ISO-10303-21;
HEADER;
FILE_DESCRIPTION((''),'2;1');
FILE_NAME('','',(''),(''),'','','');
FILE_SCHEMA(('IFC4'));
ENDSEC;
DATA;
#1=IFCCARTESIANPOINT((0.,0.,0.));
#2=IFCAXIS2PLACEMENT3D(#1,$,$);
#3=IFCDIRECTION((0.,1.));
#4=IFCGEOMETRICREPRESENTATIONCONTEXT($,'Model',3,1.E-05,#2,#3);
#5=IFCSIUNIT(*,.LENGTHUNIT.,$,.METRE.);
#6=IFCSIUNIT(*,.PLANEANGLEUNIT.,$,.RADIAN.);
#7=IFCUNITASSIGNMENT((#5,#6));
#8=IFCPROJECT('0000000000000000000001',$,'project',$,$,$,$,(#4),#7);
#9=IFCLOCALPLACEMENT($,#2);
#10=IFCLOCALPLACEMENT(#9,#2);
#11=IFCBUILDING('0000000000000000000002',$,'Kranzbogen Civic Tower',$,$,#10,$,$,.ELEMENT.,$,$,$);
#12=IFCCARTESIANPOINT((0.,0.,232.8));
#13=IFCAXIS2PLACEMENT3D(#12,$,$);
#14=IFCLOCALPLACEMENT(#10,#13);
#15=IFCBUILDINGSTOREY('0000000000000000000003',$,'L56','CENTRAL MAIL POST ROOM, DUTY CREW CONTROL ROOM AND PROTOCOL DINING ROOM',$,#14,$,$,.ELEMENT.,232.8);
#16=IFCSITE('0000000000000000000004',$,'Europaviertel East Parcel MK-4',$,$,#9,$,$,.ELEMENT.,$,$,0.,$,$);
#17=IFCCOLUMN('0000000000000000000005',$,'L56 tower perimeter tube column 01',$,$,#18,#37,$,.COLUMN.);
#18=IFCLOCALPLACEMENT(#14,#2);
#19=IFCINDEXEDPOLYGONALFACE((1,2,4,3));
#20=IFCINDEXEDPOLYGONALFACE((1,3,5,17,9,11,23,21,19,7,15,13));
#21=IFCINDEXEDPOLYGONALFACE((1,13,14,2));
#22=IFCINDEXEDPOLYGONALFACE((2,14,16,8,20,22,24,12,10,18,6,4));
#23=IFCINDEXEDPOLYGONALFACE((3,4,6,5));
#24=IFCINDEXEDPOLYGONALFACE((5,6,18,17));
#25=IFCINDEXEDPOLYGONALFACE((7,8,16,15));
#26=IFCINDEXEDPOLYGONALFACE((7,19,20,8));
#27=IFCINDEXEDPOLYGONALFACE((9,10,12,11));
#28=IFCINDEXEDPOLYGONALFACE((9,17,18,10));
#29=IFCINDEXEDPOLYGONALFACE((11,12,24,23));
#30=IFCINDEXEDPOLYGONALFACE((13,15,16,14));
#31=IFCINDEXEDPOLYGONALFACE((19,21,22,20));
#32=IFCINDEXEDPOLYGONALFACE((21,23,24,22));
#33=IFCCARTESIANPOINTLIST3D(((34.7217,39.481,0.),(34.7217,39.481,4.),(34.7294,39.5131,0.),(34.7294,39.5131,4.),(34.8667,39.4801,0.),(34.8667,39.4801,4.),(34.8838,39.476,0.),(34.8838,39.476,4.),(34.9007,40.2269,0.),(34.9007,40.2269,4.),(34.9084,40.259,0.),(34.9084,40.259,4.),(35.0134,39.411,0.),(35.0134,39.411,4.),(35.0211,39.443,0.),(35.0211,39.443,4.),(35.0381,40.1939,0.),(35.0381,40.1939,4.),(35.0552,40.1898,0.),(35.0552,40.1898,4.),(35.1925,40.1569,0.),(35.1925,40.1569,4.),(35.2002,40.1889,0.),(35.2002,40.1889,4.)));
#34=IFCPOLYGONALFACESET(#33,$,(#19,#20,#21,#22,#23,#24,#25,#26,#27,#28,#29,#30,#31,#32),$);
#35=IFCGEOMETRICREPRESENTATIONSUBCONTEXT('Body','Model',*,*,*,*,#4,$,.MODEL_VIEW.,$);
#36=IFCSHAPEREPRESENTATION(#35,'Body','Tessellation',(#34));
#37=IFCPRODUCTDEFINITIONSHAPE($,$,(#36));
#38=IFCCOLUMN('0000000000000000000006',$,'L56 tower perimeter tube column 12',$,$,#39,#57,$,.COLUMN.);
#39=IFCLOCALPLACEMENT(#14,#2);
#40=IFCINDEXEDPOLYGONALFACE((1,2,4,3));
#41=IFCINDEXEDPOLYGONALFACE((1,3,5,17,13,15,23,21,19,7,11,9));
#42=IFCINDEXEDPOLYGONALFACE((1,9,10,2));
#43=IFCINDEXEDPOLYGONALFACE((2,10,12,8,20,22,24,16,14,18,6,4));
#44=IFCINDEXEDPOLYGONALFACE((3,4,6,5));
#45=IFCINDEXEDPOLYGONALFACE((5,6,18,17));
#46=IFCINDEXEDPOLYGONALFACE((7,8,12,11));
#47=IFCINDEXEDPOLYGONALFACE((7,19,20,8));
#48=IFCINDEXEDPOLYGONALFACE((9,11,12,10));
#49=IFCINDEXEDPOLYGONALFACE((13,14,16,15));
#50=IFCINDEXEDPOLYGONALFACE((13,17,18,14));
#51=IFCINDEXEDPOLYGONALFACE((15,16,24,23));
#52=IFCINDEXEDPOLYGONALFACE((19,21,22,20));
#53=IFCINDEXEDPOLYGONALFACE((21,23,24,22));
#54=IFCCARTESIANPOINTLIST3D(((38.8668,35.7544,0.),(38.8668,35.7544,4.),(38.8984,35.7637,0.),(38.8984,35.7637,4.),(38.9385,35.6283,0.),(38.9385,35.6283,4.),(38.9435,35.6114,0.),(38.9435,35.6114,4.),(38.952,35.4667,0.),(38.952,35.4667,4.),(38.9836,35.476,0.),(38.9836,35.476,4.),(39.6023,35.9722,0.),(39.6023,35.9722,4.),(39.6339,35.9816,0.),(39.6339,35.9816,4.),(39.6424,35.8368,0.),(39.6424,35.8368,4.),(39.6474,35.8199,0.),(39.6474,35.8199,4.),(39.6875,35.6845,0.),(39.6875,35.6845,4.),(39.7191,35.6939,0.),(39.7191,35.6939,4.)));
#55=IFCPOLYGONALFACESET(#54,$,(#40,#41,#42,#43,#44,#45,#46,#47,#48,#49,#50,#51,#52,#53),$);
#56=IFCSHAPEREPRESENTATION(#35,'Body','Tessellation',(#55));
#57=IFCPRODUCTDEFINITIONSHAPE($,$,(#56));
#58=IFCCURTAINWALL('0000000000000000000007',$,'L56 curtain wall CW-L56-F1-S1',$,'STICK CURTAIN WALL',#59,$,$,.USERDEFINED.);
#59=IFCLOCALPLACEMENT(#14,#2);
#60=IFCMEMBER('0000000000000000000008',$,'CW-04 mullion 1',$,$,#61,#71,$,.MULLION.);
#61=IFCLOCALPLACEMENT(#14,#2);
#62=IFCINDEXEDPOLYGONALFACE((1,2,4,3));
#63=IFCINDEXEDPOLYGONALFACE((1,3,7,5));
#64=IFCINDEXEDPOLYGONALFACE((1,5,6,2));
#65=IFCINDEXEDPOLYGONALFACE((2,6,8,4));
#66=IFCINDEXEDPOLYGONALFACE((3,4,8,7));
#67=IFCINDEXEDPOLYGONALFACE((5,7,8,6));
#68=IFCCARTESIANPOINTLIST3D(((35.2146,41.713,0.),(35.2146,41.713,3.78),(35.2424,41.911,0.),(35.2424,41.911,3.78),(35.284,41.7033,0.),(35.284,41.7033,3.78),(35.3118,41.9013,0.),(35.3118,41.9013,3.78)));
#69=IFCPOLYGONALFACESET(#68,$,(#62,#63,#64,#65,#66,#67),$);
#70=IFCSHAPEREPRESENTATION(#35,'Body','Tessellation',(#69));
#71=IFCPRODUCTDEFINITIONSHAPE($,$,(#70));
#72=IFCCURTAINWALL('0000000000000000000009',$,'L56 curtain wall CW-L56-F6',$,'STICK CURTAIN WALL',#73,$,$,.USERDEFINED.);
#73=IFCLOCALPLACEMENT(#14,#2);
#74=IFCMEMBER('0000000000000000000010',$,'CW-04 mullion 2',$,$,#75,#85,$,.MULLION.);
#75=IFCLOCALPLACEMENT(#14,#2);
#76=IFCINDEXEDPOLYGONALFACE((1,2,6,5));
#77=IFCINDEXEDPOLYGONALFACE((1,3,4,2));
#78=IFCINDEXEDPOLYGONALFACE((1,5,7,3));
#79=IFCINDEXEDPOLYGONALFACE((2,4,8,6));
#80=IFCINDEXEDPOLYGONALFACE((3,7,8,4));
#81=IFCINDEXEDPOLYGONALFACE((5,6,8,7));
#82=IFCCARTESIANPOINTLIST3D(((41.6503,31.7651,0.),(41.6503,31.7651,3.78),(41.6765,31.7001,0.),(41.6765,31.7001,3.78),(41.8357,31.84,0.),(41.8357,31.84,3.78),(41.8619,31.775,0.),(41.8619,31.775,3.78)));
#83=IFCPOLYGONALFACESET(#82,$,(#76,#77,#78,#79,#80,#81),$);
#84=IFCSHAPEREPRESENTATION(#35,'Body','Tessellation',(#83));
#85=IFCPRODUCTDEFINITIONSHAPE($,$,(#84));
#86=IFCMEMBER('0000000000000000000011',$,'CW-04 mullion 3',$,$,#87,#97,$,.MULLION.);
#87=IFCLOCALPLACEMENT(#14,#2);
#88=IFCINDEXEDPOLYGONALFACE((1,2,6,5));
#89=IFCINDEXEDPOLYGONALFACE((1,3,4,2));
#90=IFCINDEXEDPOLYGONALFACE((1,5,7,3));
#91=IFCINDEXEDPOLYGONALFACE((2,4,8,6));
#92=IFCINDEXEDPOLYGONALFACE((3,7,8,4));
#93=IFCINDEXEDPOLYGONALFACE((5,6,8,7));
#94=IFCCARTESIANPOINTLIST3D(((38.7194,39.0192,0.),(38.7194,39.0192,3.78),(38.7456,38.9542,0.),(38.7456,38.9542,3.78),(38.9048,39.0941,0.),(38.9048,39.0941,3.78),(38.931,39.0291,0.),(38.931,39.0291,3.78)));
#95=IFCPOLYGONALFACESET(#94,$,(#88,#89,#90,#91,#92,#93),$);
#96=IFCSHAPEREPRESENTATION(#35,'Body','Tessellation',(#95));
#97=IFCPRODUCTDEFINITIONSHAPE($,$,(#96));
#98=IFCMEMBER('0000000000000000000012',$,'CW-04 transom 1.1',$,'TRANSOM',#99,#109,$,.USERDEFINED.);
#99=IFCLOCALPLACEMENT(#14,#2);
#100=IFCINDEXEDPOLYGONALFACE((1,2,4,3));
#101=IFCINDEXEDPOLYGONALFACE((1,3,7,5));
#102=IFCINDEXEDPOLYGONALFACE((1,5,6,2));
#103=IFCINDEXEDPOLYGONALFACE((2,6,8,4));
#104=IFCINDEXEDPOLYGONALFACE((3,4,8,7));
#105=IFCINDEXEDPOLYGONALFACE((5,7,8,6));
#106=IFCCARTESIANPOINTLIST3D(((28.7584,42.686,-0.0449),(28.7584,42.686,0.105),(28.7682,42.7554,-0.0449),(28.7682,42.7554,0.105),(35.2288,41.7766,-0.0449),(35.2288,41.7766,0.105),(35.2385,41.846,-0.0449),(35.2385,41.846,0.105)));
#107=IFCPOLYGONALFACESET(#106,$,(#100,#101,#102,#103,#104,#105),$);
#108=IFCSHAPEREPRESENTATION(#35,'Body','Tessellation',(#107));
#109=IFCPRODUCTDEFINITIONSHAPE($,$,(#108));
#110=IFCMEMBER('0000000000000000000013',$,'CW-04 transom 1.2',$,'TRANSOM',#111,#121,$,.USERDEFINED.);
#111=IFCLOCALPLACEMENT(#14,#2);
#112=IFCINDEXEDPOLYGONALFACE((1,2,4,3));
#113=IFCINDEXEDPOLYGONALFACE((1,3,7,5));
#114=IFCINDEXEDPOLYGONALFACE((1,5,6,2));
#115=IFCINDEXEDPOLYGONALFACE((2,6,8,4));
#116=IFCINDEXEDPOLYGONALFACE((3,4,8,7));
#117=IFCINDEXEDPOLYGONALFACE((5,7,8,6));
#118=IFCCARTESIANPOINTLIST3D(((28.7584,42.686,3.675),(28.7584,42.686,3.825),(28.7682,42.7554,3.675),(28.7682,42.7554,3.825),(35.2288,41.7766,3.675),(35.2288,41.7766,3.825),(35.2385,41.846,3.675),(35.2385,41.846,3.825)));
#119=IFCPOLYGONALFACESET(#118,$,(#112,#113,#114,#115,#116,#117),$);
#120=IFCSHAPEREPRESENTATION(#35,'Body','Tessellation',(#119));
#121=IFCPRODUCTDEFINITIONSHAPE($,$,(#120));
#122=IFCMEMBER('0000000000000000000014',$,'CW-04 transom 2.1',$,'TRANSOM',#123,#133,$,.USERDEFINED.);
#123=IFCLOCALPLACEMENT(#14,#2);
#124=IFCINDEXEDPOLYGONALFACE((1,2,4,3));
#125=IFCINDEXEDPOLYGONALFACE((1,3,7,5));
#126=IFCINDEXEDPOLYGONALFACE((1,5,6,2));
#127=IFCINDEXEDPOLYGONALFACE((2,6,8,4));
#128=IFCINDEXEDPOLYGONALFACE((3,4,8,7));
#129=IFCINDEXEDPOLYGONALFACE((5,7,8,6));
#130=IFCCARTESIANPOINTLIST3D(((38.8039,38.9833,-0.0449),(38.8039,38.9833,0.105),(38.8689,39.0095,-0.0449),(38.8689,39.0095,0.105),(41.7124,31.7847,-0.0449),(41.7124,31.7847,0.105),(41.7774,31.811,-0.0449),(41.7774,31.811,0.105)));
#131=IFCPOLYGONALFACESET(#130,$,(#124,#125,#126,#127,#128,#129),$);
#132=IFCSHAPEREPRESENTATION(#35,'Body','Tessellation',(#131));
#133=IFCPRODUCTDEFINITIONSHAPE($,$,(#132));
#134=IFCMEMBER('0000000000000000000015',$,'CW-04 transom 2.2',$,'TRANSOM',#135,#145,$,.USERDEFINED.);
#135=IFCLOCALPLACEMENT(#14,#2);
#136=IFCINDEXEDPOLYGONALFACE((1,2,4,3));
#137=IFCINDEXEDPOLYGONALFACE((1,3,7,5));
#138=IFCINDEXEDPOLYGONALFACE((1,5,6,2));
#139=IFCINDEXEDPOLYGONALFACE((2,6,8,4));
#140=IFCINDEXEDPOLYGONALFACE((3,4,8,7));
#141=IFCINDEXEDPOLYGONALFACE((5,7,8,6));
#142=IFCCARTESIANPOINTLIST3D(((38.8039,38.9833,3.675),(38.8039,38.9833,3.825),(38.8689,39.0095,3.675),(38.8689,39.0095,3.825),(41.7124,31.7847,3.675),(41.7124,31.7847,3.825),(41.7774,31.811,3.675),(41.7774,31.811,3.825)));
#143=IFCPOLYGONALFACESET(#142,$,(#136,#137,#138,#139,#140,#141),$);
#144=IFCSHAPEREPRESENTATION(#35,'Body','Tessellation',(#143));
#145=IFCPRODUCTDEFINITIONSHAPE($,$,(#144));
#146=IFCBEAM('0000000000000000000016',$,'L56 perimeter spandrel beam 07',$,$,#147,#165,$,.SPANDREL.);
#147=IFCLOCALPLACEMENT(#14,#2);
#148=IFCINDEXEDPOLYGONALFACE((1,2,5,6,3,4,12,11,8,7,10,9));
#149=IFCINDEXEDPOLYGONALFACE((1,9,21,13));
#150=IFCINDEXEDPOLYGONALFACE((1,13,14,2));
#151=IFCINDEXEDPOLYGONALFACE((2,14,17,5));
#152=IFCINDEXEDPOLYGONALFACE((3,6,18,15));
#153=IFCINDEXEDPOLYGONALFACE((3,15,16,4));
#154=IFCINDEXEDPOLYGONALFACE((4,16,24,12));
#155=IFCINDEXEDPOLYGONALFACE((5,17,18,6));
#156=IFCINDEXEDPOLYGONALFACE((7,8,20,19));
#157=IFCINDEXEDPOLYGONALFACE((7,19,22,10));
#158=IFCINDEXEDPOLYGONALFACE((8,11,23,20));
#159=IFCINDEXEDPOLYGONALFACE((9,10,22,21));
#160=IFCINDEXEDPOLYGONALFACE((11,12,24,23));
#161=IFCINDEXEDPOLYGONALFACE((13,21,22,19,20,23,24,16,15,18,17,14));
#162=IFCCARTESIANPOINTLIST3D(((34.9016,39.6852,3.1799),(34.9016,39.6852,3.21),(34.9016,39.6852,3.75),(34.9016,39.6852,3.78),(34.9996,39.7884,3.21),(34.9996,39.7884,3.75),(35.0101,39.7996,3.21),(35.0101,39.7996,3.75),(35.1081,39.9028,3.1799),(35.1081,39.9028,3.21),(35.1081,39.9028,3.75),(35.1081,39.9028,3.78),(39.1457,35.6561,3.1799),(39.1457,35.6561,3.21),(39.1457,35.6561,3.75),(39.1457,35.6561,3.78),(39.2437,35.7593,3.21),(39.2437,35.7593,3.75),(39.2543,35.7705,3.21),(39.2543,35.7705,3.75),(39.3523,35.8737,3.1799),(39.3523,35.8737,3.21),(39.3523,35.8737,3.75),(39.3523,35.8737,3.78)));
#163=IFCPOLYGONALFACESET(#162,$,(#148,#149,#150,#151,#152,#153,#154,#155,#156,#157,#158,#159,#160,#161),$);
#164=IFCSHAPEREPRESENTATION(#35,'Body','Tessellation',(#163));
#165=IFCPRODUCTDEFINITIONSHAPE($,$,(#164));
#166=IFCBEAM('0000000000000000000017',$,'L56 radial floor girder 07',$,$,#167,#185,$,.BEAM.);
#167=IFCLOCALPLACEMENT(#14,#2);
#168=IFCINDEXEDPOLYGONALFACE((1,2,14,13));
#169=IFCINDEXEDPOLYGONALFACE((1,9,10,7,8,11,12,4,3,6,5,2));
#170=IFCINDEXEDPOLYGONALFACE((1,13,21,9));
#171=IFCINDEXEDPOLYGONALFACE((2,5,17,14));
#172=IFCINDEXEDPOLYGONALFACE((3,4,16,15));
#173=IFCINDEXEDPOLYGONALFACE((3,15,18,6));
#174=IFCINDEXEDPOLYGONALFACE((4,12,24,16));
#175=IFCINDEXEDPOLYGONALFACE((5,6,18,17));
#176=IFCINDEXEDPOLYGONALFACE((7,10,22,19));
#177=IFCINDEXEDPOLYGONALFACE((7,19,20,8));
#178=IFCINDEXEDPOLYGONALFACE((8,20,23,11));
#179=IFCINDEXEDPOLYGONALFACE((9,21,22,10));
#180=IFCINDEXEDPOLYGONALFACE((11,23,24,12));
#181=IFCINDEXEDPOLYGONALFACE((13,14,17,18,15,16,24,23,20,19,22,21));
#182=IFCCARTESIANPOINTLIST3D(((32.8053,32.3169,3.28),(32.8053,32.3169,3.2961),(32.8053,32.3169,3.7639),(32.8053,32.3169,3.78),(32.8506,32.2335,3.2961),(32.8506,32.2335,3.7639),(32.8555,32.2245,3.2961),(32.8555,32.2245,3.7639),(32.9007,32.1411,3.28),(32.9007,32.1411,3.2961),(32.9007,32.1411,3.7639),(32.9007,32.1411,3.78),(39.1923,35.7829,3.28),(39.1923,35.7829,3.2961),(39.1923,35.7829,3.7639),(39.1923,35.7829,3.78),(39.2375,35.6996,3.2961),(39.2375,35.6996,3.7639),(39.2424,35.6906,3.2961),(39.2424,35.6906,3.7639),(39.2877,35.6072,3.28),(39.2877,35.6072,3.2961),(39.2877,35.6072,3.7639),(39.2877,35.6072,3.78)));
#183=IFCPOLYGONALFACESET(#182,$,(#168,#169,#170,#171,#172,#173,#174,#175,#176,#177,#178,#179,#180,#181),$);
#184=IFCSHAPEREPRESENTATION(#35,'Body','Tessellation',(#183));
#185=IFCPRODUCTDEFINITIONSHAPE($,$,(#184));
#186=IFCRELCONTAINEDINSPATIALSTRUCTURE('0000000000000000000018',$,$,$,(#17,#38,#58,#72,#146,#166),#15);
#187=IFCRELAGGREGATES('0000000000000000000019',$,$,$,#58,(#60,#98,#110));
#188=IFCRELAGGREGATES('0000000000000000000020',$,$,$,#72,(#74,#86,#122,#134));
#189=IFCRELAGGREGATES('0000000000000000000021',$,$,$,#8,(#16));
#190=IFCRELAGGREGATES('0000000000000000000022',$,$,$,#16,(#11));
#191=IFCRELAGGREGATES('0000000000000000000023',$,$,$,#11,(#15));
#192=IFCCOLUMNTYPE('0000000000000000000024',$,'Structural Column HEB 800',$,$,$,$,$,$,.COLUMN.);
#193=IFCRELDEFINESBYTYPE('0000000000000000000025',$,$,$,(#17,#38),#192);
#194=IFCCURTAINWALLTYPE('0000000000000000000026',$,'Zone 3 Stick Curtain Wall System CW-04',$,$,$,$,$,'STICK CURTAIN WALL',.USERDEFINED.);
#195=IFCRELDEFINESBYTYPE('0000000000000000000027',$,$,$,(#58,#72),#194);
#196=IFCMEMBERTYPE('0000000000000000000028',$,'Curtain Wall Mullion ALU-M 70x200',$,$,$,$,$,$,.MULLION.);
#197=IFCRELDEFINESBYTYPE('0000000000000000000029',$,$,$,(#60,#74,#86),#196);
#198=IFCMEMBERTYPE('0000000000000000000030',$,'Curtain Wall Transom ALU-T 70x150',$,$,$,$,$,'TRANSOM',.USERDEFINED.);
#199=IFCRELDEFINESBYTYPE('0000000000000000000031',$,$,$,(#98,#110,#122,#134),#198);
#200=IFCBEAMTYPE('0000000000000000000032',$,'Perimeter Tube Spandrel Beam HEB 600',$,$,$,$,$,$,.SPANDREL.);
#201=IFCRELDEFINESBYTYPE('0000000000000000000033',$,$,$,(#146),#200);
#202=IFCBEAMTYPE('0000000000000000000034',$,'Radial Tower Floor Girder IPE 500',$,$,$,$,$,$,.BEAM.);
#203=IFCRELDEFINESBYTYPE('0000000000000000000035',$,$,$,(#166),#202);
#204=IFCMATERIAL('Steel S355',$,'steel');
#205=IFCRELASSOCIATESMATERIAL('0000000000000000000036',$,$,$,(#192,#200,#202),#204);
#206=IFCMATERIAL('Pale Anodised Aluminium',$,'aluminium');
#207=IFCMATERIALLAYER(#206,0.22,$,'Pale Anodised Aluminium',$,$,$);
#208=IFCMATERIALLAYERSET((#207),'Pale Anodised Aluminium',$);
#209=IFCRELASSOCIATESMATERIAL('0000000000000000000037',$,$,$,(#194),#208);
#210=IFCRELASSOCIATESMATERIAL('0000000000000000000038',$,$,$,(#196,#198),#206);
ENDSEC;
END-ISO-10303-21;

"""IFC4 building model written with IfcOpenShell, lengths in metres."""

from ifc_helpers import new_model, si_unit, direction, frame, origin, origin_2d, place, context, subcontext, project, spatial, rectangle, i_section, extrude, material, layer, layer_set, material_profile, profile_set, type_object, element, aggregate, save


model = new_model("IFC4")

# Units and contexts
model_context = context("Model", 3, precision=1e-05, world=origin(), true_north=direction((0.0, 1.0)))
body_context = subcontext(model_context, "Body", "Model", "MODEL_VIEW")
ifc_project = project(units=[si_unit("LENGTHUNIT", "METRE"), si_unit("PLANEANGLEUNIT", "RADIAN")], contexts=[model_context])

# Site, building, storey
site_placement = place(None, origin())
site = spatial("IfcSite", under=ifc_project, at=site_placement, Name="Europaviertel East Parcel MK-4", CompositionType="ELEMENT", RefElevation=0.0)
building_placement = place(site_placement, origin())
building = spatial("IfcBuilding", under=site, at=building_placement, Name="Kranzbogen Civic Tower", CompositionType="ELEMENT")
storey_placement = place(building_placement, frame((0.0, 0.0, 232.8)))
storey = spatial("IfcBuildingStorey", under=building, at=storey_placement, Name="L56", Description="CENTRAL MAIL POST ROOM, DUTY CREW CONTROL ROOM AND PROTOCOL DINING ROOM", CompositionType="ELEMENT", Elevation=232.8)

# Columns
ifc_material_1 = material(Name="Steel S355", Category="steel")
ifc_material_profile_1 = material_profile(ifc_material_1, i_section(OverallWidth=0.3, OverallDepth=0.8, WebThickness=0.0176, FlangeThickness=0.033, at=origin_2d()), Name="HEB 800")
ifc_profile_set_1 = profile_set([ifc_material_profile_1], Name="Steel S355")
column_type = type_object("IfcColumnType", Name="Structural Column HEB 800", PredefinedType="COLUMN", material=ifc_profile_set_1)
for number, where, z_axis, x_axis, name in (
    (1, (34.9609, 39.835, 0.0), (0.0, 0.0, 1.0), (-0.97237, 0.233445, 0.0), "L56 tower perimeter tube column 01"),
    (2, (39.293, 35.7241, 0.0), (0.0, 0.0, 1.0), (-0.284015, 0.95882, 0.0), "L56 tower perimeter tube column 12"),
):
    element("IfcColumn", number, at=place(storey_placement, frame(where, z_axis=z_axis, x_axis=x_axis)), inside=storey, type_object=column_type, Name=name, PredefinedType="COLUMN", context=body_context, shape_type="SweptSolid", body=[
        extrude(i_section(OverallWidth=0.3, OverallDepth=0.8, WebThickness=0.0176, FlangeThickness=0.033, at=origin_2d()), origin(), (0.0, 0.0, 1.0), 4.0),
    ])

# Curtain wall, member
ifc_material_2 = material(Name="Pale Anodised Aluminium", Category="aluminium")
ifc_layer_1 = layer(ifc_material_2, 0.22, Name="Pale Anodised Aluminium")
ifc_layer_set_1 = layer_set([ifc_layer_1], Name="Pale Anodised Aluminium")
curtain_wall_type = type_object("IfcCurtainWallType", Name="Zone 3 Stick Curtain Wall System CW-04", ElementType="STICK CURTAIN WALL", PredefinedType="USERDEFINED", material=ifc_layer_set_1)
curtain_wall_1_placement = place(storey_placement, origin())
curtain_wall_1 = element("IfcCurtainWall", 3, at=curtain_wall_1_placement, inside=storey, type_object=curtain_wall_type, Name="L56 curtain wall CW-L56-F1-S1", ObjectType="STICK CURTAIN WALL", PredefinedType="USERDEFINED")
ifc_material_profile_2 = material_profile(ifc_material_2, rectangle(XDim=0.0701, YDim=0.2, at=origin_2d()), Name="ALU-M 70x200")
ifc_profile_set_2 = profile_set([ifc_material_profile_2], Name="Pale Anodised Aluminium")
member_type_1 = type_object("IfcMemberType", Name="Curtain Wall Mullion ALU-M 70x200", PredefinedType="MULLION", material=ifc_profile_set_2)
member_1_placement = place(storey_placement, frame((35.2632, 41.8071, 0.0), z_axis=(0.0, 0.0, 1.0), x_axis=(-0.990269, 0.13917, 0.0)))
member_1 = element("IfcMember", 4, at=member_1_placement, type_object=member_type_1, Name="CW-04 mullion 1", PredefinedType="MULLION", context=body_context, shape_type="SweptSolid", body=[
    extrude(rectangle(XDim=0.0701, YDim=0.2, at=origin_2d()), origin(), (0.0, 0.0, 1.0), 3.78),
])

# Curtain wall, members
curtain_wall_2_placement = place(storey_placement, origin())
curtain_wall_2 = element("IfcCurtainWall", 5, at=curtain_wall_2_placement, inside=storey, type_object=curtain_wall_type, Name="L56 curtain wall CW-L56-F6", ObjectType="STICK CURTAIN WALL", PredefinedType="USERDEFINED")
member_2_placement = place(storey_placement, frame((41.7561, 31.77, 0.0), z_axis=(0.0, 0.0, 1.0), x_axis=(-0.374594, 0.927189, 0.0)))
member_2 = element("IfcMember", 6, at=member_2_placement, type_object=member_type_1, Name="CW-04 mullion 2", PredefinedType="MULLION", context=body_context, shape_type="SweptSolid", body=[
    extrude(rectangle(XDim=0.0701, YDim=0.2, at=origin_2d()), origin(), (0.0, 0.0, 1.0), 3.78),
])
member_3_placement = place(storey_placement, frame((38.8252, 39.0242, 0.0), z_axis=(0.0, 0.0, 1.0), x_axis=(-0.374594, 0.927189, 0.0)))
member_3 = element("IfcMember", 7, at=member_3_placement, type_object=member_type_1, Name="CW-04 mullion 3", PredefinedType="MULLION", context=body_context, shape_type="SweptSolid", body=[
    extrude(rectangle(XDim=0.0701, YDim=0.2, at=origin_2d()), origin(), (0.0, 0.0, 1.0), 3.78),
])

# Members
ifc_material_profile_3 = material_profile(ifc_material_2, rectangle(XDim=0.0701, YDim=0.1499, at=origin_2d()), Name="ALU-T 70x150")
ifc_profile_set_3 = profile_set([ifc_material_profile_3], Name="Pale Anodised Aluminium")
member_type_2 = type_object("IfcMemberType", Name="Curtain Wall Transom ALU-T 70x150", ElementType="TRANSOM", PredefinedType="USERDEFINED", material=ifc_profile_set_3)
member_4_placement = place(storey_placement, frame((35.2336, 41.8113, 0.03), z_axis=(-0.990266, 0.139187, 0.0), x_axis=(-0.139187, -0.990266, 0.0)))
member_4 = element("IfcMember", 8, at=member_4_placement, type_object=member_type_2, Name="CW-04 transom 1.1", ObjectType="TRANSOM", PredefinedType="USERDEFINED", context=body_context, shape_type="SweptSolid", body=[
    extrude(rectangle(XDim=0.0701, YDim=0.1499, at=origin_2d()), origin(), (0.0, 0.0, 1.0), 6.5339),
])
member_5_placement = place(storey_placement, frame((35.2336, 41.8113, 3.75), z_axis=(-0.990266, 0.139187, 0.0), x_axis=(-0.139187, -0.990266, 0.0)))
member_5 = element("IfcMember", 9, at=member_5_placement, type_object=member_type_2, Name="CW-04 transom 1.2", ObjectType="TRANSOM", PredefinedType="USERDEFINED", context=body_context, shape_type="SweptSolid", body=[
    extrude(rectangle(XDim=0.0701, YDim=0.1499, at=origin_2d()), origin(), (0.0, 0.0, 1.0), 6.5339),
])
aggregate(curtain_wall_1, [member_1, member_4, member_5])
member_6_placement = place(storey_placement, frame((41.7449, 31.7979, 0.03), z_axis=(-0.374614, 0.927181, 0.0), x_axis=(-0.927181, -0.374614, 0.0)))
member_6 = element("IfcMember", 10, at=member_6_placement, type_object=member_type_2, Name="CW-04 transom 2.1", ObjectType="TRANSOM", PredefinedType="USERDEFINED", context=body_context, shape_type="SweptSolid", body=[
    extrude(rectangle(XDim=0.0701, YDim=0.1499, at=origin_2d()), origin(), (0.0, 0.0, 1.0), 7.7639),
])
member_7_placement = place(storey_placement, frame((41.7449, 31.7979, 3.75), z_axis=(-0.374614, 0.927181, 0.0), x_axis=(-0.927181, -0.374614, 0.0)))
member_7 = element("IfcMember", 11, at=member_7_placement, type_object=member_type_2, Name="CW-04 transom 2.2", ObjectType="TRANSOM", PredefinedType="USERDEFINED", context=body_context, shape_type="SweptSolid", body=[
    extrude(rectangle(XDim=0.0701, YDim=0.1499, at=origin_2d()), origin(), (0.0, 0.0, 1.0), 7.7639),
])

# Beams
ifc_material_profile_4 = material_profile(ifc_material_1, i_section(OverallWidth=0.3, OverallDepth=0.6001, WebThickness=0.0154, FlangeThickness=0.03, at=origin_2d()), Name="HEB 600")
ifc_profile_set_4 = profile_set([ifc_material_profile_4], Name="Steel S355")
beam_type_1 = type_object("IfcBeamType", Name="Perimeter Tube Spandrel Beam HEB 600", PredefinedType="SPANDREL", material=ifc_profile_set_4)
beam_1_placement = place(storey_placement, frame((39.249, 35.7649, 3.48), z_axis=(-0.725245, 0.688491, 0.0), x_axis=(-0.688491, -0.725245, 0.0)))
element("IfcBeam", 12, at=beam_1_placement, inside=storey, type_object=beam_type_1, Name="L56 perimeter spandrel beam 07", PredefinedType="SPANDREL", context=body_context, shape_type="SweptSolid", body=[
    extrude(i_section(OverallWidth=0.3, OverallDepth=0.6001, WebThickness=0.0154, FlangeThickness=0.03, at=origin_2d()), origin(), (0.0, 0.0, 1.0), 5.8521),
])
ifc_material_profile_5 = material_profile(ifc_material_1, i_section(OverallWidth=0.2, OverallDepth=0.5, WebThickness=0.0103, FlangeThickness=0.0161, at=origin_2d()), Name="IPE 500")
ifc_profile_set_5 = profile_set([ifc_material_profile_5], Name="Steel S355")
beam_type_2 = type_object("IfcBeamType", Name="Radial Tower Floor Girder IPE 500", PredefinedType="BEAM", material=ifc_profile_set_5)
beam_2_placement = place(storey_placement, frame((39.24, 35.6951, 3.53), z_axis=(-0.878919, -0.47697, 0.0), x_axis=(0.47697, -0.878919, 0.0)))
element("IfcBeam", 13, at=beam_2_placement, inside=storey, type_object=beam_type_2, Name="L56 radial floor girder 07", PredefinedType="BEAM", context=body_context, shape_type="SweptSolid", body=[
    extrude(i_section(OverallWidth=0.2, OverallDepth=0.5, WebThickness=0.0103, FlangeThickness=0.0161, at=origin_2d()), origin(), (0.0, 0.0, 1.0), 7.2668),
])

aggregate(curtain_wall_2, [member_2, member_3, member_6, member_7])

save(model, "model.ifc")
